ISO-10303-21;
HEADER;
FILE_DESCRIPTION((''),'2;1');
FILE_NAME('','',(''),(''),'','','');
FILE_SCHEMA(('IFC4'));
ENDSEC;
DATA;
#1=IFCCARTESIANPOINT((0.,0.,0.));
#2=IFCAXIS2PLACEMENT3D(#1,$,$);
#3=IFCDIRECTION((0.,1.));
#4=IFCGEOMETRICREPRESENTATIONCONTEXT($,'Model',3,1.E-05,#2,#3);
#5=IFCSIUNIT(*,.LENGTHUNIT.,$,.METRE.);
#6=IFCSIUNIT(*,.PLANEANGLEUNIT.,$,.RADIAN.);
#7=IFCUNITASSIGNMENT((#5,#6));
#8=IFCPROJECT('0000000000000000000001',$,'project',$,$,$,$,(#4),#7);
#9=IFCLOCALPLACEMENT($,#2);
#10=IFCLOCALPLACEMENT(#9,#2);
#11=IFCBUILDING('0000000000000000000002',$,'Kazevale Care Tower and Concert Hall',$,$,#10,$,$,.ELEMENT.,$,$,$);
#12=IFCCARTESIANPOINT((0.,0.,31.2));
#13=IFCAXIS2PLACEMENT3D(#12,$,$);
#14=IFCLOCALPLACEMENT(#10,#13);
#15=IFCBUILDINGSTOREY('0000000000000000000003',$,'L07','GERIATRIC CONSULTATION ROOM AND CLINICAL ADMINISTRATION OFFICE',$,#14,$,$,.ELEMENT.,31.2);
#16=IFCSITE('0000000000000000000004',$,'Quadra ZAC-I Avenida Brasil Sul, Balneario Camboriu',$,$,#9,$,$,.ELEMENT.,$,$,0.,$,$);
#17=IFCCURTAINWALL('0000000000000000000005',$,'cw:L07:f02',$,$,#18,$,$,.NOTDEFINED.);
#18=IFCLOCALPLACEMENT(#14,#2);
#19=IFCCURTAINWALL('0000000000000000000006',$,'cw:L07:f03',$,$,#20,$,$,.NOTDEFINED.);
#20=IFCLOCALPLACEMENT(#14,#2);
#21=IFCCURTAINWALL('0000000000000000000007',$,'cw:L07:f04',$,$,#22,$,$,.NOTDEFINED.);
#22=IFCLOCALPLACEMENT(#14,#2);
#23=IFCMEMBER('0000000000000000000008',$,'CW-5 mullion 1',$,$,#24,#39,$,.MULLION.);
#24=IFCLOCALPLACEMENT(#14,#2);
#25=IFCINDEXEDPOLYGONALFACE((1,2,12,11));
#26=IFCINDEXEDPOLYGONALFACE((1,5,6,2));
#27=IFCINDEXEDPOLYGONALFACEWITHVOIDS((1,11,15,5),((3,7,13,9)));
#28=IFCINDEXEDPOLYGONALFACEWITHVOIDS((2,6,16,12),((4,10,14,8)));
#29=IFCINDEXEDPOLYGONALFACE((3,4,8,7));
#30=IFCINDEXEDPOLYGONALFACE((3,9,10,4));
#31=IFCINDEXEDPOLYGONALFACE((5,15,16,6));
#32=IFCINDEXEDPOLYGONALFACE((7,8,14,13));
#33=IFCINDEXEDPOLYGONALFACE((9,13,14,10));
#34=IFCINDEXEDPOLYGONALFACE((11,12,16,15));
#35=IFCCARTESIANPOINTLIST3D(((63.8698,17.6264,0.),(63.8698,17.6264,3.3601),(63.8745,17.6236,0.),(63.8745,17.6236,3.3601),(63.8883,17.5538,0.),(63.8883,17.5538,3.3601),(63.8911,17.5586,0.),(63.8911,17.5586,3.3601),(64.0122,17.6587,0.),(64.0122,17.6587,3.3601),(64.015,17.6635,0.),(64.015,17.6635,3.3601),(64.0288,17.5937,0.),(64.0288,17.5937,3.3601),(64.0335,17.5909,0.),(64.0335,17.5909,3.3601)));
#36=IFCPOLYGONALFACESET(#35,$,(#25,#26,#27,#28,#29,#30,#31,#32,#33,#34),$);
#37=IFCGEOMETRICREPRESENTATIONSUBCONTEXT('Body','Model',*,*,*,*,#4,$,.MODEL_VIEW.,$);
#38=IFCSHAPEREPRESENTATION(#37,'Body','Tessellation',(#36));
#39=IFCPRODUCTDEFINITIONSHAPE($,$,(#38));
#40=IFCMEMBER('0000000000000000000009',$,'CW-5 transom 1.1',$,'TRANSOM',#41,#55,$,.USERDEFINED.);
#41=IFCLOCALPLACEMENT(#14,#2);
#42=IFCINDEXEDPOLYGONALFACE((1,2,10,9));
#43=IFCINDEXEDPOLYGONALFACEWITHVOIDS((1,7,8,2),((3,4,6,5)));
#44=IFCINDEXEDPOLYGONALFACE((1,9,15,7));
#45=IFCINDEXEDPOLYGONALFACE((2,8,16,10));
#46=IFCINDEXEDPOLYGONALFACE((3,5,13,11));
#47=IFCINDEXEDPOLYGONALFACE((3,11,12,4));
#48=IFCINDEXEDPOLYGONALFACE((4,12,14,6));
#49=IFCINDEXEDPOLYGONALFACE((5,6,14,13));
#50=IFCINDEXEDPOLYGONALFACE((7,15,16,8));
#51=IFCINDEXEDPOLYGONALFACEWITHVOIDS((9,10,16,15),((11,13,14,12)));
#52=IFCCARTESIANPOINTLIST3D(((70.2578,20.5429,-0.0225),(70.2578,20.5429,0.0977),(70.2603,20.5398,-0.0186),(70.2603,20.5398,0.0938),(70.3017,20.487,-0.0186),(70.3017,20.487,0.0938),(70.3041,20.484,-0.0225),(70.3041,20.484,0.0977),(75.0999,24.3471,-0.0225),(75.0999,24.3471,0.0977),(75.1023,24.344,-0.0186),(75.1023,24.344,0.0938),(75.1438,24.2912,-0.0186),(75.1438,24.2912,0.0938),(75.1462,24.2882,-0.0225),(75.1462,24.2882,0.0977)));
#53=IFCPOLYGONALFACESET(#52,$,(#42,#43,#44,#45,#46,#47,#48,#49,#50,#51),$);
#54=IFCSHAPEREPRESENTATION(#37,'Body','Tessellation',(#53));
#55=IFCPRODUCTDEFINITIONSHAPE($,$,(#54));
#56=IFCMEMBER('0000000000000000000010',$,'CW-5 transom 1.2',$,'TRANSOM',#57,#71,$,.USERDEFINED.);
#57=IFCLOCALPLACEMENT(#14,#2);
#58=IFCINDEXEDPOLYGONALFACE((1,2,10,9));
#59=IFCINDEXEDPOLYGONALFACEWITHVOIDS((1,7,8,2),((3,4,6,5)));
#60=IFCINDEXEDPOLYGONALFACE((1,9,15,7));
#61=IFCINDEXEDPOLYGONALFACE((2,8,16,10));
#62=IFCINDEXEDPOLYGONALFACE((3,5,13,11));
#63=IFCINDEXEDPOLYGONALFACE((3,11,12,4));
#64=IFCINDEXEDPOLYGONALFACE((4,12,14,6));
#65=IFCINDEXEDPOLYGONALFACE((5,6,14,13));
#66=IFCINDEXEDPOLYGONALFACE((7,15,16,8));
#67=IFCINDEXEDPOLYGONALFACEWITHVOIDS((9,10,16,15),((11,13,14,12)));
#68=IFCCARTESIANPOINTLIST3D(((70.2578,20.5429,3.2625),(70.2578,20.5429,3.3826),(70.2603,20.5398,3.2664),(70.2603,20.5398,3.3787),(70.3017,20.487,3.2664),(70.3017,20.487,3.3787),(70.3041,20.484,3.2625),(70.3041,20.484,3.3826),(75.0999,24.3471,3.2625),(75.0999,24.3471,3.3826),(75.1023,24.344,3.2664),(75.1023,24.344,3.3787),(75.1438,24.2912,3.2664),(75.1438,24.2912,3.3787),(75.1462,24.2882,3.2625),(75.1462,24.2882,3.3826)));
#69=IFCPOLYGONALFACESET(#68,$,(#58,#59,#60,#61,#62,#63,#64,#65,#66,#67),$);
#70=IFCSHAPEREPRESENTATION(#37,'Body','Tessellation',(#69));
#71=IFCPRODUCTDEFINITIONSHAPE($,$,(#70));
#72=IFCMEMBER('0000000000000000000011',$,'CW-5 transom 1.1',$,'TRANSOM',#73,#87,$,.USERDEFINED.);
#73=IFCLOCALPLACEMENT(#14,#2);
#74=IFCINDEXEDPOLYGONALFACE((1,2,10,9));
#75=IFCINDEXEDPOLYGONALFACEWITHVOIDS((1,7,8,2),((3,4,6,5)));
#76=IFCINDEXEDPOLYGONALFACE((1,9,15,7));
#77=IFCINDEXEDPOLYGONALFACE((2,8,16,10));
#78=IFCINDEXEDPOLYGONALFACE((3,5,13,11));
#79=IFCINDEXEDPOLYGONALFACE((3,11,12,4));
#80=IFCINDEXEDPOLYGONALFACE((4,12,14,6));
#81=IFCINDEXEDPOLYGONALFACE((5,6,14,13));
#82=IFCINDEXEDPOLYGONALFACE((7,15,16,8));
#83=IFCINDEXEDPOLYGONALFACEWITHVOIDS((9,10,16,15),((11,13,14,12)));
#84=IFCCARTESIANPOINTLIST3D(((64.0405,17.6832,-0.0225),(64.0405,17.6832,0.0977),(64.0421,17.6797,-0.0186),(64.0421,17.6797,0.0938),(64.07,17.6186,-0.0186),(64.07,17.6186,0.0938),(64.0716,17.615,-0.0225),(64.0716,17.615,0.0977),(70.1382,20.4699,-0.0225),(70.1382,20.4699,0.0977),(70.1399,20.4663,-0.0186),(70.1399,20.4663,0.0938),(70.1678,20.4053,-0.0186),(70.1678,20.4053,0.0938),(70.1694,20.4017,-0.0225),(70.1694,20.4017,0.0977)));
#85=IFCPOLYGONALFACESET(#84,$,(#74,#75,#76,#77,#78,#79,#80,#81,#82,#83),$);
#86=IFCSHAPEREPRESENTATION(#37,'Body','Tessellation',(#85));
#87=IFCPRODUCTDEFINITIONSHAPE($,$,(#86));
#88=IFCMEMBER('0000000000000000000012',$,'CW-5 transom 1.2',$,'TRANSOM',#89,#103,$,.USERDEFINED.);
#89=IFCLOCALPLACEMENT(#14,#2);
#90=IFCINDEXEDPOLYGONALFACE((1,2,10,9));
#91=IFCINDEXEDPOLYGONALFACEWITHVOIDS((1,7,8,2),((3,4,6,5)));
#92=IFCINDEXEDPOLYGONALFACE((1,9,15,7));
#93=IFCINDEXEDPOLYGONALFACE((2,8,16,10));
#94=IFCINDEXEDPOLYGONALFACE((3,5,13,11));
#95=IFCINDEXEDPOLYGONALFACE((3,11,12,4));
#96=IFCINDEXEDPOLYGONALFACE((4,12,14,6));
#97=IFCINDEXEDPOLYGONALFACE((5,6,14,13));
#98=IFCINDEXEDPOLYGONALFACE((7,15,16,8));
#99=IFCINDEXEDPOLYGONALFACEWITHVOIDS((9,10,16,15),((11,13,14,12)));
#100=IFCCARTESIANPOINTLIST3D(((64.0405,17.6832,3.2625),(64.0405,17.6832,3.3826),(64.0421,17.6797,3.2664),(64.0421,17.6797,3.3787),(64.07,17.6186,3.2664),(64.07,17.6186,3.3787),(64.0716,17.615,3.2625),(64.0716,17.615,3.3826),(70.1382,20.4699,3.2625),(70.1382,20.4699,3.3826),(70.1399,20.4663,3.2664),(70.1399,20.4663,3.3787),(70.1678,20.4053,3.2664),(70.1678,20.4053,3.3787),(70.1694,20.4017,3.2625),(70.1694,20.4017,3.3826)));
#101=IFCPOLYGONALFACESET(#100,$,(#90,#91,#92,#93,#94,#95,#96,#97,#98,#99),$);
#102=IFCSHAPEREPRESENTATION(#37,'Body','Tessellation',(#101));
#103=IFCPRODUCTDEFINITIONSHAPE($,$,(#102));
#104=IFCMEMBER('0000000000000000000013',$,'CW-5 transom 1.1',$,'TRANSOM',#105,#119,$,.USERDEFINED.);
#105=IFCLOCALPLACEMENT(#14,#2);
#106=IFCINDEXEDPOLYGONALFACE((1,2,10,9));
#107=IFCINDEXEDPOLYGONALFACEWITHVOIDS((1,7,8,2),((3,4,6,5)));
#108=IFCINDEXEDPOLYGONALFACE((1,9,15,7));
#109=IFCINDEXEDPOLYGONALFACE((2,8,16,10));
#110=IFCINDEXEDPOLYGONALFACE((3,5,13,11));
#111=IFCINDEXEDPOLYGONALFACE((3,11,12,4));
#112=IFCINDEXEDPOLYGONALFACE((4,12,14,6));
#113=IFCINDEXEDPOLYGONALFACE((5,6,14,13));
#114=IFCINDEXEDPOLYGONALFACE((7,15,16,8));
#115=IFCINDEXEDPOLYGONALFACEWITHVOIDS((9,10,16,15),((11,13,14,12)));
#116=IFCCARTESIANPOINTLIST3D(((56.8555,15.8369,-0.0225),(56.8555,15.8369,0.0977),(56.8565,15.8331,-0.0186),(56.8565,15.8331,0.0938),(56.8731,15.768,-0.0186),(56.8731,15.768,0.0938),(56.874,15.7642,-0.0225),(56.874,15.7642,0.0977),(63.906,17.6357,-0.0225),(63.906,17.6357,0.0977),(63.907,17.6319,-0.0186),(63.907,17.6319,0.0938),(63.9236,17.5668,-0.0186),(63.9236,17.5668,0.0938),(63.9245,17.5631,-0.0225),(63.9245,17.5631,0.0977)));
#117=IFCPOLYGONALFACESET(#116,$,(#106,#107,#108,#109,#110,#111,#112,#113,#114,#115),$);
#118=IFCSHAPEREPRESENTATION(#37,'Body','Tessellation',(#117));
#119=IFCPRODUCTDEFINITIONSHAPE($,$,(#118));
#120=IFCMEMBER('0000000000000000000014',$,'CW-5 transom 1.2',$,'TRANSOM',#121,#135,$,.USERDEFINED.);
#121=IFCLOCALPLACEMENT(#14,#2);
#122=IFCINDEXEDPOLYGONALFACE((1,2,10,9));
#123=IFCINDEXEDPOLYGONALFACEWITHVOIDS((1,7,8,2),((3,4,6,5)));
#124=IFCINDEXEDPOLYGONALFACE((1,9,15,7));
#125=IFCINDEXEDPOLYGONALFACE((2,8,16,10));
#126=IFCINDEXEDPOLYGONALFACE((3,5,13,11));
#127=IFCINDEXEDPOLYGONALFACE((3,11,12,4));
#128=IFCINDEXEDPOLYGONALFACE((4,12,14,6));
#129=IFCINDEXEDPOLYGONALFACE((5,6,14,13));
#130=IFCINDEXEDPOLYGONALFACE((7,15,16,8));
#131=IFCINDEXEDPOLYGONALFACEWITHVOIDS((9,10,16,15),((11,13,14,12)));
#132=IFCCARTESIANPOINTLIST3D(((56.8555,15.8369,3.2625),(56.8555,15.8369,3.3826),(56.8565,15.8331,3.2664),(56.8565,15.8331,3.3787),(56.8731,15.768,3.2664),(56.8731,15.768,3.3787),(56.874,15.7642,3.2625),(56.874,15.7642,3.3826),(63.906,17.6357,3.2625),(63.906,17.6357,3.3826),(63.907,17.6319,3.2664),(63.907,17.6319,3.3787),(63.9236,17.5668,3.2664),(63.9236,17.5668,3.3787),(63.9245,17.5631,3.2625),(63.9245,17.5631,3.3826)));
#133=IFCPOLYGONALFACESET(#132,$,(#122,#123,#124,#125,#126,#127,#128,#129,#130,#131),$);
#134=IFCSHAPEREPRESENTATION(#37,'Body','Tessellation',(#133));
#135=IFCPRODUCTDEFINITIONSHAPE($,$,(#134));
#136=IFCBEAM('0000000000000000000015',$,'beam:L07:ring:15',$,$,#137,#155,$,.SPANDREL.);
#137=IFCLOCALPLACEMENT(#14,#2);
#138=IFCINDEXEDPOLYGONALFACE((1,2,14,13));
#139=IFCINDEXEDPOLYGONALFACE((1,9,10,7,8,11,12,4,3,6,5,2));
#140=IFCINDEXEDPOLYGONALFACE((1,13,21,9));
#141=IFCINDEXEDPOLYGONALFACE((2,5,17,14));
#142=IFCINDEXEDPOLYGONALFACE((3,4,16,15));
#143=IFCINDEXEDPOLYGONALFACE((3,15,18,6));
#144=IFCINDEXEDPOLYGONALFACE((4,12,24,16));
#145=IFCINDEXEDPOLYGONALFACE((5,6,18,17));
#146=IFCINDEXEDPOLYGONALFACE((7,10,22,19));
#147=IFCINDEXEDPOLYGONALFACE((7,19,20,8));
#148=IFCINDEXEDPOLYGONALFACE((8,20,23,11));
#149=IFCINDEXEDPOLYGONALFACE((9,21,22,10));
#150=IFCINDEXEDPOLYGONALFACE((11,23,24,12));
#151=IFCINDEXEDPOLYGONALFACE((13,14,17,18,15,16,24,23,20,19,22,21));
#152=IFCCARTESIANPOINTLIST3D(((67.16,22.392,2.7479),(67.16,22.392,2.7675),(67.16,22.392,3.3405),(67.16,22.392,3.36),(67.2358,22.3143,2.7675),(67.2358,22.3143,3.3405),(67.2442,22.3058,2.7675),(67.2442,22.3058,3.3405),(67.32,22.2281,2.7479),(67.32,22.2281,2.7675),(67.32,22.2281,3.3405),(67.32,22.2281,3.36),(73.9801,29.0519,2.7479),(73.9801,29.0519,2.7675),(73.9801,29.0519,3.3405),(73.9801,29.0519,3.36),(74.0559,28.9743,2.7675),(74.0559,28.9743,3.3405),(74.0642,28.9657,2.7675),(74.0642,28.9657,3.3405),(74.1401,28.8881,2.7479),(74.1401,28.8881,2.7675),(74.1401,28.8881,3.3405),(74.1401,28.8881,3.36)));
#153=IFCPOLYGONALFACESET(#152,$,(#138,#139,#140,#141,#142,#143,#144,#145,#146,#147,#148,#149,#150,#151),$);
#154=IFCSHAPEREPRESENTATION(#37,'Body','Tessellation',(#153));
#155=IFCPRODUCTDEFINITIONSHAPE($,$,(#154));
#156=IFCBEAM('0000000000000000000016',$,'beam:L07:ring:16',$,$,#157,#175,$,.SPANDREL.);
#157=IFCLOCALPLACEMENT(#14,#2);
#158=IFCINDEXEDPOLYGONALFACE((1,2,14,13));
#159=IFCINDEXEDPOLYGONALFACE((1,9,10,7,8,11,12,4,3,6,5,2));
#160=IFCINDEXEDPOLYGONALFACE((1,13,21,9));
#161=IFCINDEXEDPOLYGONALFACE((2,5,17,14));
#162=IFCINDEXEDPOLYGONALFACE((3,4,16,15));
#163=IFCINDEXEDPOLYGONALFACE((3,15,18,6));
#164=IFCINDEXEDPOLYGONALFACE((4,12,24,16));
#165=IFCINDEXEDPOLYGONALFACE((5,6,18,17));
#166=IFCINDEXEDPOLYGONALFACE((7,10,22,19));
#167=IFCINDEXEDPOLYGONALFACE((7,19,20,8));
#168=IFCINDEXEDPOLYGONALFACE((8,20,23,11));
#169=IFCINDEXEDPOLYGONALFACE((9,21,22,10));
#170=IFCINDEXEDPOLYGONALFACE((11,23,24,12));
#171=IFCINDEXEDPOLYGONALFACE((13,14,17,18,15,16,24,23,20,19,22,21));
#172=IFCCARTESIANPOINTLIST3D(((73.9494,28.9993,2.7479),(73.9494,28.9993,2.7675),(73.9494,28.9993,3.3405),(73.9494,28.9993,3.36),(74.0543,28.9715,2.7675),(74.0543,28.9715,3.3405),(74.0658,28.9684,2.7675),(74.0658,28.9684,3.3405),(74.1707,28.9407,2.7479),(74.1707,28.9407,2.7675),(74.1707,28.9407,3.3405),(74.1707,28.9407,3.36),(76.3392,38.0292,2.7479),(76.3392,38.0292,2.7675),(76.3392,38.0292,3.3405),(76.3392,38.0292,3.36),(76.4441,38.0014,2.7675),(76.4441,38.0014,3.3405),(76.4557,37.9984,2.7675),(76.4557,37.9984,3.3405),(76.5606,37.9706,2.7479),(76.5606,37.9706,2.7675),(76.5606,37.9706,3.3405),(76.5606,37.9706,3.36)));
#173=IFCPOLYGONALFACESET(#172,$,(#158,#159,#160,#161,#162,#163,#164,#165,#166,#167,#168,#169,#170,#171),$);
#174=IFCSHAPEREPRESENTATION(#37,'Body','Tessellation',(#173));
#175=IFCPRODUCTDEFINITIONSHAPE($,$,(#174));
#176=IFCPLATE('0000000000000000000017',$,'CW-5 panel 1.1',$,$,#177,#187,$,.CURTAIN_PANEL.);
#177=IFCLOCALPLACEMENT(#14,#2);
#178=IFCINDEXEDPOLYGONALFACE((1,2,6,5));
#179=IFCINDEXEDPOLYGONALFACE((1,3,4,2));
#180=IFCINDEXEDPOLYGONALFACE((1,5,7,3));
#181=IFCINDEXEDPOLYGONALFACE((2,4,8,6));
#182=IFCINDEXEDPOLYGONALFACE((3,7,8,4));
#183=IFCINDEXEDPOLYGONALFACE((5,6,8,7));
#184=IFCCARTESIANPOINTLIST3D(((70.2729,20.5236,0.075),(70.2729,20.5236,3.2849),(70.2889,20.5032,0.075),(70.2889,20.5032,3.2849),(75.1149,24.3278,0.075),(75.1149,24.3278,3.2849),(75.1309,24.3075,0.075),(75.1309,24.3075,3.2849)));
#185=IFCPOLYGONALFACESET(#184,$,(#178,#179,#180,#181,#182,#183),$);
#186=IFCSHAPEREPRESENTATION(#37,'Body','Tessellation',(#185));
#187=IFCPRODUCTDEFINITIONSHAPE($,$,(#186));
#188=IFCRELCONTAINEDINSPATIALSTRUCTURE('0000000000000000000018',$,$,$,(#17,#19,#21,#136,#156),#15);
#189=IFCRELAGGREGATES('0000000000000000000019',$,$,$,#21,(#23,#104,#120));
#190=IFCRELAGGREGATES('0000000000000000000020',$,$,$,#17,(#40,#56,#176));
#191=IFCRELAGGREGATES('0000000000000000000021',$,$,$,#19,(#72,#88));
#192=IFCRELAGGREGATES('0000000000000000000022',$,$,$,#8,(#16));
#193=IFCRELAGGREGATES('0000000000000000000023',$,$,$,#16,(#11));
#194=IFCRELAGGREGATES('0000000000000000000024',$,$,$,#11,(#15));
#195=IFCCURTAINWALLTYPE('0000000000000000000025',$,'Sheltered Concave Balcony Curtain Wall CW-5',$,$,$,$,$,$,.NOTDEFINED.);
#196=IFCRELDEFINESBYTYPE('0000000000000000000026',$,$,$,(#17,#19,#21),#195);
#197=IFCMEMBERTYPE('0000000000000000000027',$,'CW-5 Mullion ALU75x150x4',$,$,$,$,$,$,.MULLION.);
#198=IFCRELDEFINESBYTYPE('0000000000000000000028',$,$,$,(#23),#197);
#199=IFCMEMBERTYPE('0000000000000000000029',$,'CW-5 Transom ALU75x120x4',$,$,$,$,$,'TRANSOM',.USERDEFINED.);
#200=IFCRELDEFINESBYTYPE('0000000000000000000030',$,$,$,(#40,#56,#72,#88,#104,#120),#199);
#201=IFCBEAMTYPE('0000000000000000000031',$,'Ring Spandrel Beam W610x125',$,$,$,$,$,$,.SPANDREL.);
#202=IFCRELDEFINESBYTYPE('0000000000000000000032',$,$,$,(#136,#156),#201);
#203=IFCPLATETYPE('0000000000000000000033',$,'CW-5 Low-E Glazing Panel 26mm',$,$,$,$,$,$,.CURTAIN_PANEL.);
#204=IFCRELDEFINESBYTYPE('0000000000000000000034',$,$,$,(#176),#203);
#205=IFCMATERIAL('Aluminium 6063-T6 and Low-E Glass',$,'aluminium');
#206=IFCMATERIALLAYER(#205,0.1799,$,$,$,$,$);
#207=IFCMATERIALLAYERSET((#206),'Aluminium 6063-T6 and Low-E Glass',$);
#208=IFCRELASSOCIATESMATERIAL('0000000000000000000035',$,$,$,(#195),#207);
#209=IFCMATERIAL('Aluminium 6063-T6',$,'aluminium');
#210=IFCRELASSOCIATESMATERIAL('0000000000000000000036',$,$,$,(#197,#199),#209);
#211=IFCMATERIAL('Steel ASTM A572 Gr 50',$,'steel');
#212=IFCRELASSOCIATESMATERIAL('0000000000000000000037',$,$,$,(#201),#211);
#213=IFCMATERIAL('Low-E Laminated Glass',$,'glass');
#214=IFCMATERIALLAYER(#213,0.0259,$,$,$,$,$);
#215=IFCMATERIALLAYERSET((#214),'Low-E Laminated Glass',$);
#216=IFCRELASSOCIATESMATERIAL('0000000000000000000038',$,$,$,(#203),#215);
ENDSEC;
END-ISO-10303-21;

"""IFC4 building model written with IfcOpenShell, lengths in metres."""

from ifc_helpers import new_model, si_unit, direction, frame, origin, origin_2d, place, context, subcontext, project, spatial, rectangle, hollow_rectangle, i_section, extrude, material, layer, layer_set, material_profile, profile_set, type_object, element, aggregate, save


model = new_model("IFC4")

# Units and contexts
model_context = context("Model", 3, precision=1e-05, world=origin(), true_north=direction((0.0, 1.0)))
body_context = subcontext(model_context, "Body", "Model", "MODEL_VIEW")
ifc_project = project(units=[si_unit("LENGTHUNIT", "METRE"), si_unit("PLANEANGLEUNIT", "RADIAN")], contexts=[model_context])

# Site, building, storey
site_placement = place(None, origin())
site = spatial("IfcSite", under=ifc_project, at=site_placement, Name="Quadra ZAC-I Avenida Brasil Sul, Balneario Camboriu", CompositionType="ELEMENT", RefElevation=0.0)
building_placement = place(site_placement, origin())
building = spatial("IfcBuilding", under=site, at=building_placement, Name="Kazevale Care Tower and Concert Hall", CompositionType="ELEMENT")
storey_placement = place(building_placement, frame((0.0, 0.0, 31.2)))
storey = spatial("IfcBuildingStorey", under=building, at=storey_placement, Name="L07", Description="GERIATRIC CONSULTATION ROOM AND CLINICAL ADMINISTRATION OFFICE", CompositionType="ELEMENT", Elevation=31.2)

# Shared definitions
ifc_material_1 = material(Name="Aluminium 6063-T6 and Low-E Glass", Category="aluminium")
ifc_material_2 = material(Name="Aluminium 6063-T6", Category="aluminium")

# Curtain walls
ifc_layer_1 = layer(ifc_material_1, 0.1799)
ifc_layer_set_1 = layer_set([ifc_layer_1], Name="Aluminium 6063-T6 and Low-E Glass")
curtain_wall_type_1 = type_object("IfcCurtainWallType", Name="Sheltered Concave Balcony Curtain Wall CW-5", PredefinedType="NOTDEFINED", material=ifc_layer_set_1)
curtain_wall_1_placement = place(storey_placement, origin())
curtain_wall_1 = element("IfcCurtainWall", 1, at=curtain_wall_1_placement, inside=storey, type_object=curtain_wall_type_1, Name="cw:L07:f02", PredefinedType="NOTDEFINED")
ifc_material_profile_1 = material_profile(ifc_material_2, hollow_rectangle(XDim=0.075, YDim=0.1499, WallThickness=0.0039, at=origin_2d()), Name="ALU75x150x4")
ifc_profile_set_1 = profile_set([ifc_material_profile_1], Name="Aluminium 6063-T6")
member_type_1 = type_object("IfcMemberType", Name="CW-5 Mullion ALU75x150x4", PredefinedType="MULLION", material=ifc_profile_set_1)
curtain_wall_2_placement = place(storey_placement, origin())
curtain_wall_2 = element("IfcCurtainWall", 2, at=curtain_wall_2_placement, inside=storey, type_object=curtain_wall_type_1, Name="cw:L07:f03", PredefinedType="NOTDEFINED")

# Curtain wall, member
curtain_wall_3_placement = place(storey_placement, origin())
curtain_wall_3 = element("IfcCurtainWall", 3, at=curtain_wall_3_placement, inside=storey, type_object=curtain_wall_type_1, Name="cw:L07:f04", PredefinedType="NOTDEFINED")
member_1_placement = place(storey_placement, frame((63.9517, 17.6086, 0.0), z_axis=(0.0, 0.0, 1.0), x_axis=(0.247222, -0.968959, 0.0)))
member_1 = element("IfcMember", 4, at=member_1_placement, type_object=member_type_1, Name="CW-5 mullion 1", PredefinedType="MULLION", context=body_context, shape_type="SweptSolid", body=[
    extrude(hollow_rectangle(XDim=0.075, YDim=0.1499, WallThickness=0.0039, at=origin_2d()), origin(), (0.0, 0.0, 1.0), 3.3601),
])

# Members
ifc_material_profile_2 = material_profile(ifc_material_2, hollow_rectangle(XDim=0.075, YDim=0.1201, WallThickness=0.0039, at=origin_2d()), Name="ALU75x120x4")
ifc_profile_set_2 = profile_set([ifc_material_profile_2], Name="Aluminium 6063-T6")
member_type_2 = type_object("IfcMemberType", Name="CW-5 Transom ALU75x120x4", ElementType="TRANSOM", PredefinedType="USERDEFINED", material=ifc_profile_set_2)
member_2_placement = place(storey_placement, frame((75.123, 24.3176, 0.0376), z_axis=(-0.786339, -0.617795, 0.0), x_axis=(0.617795, -0.786339, 0.0)))
member_2 = element("IfcMember", 5, at=member_2_placement, type_object=member_type_2, Name="CW-5 transom 1.1", ObjectType="TRANSOM", PredefinedType="USERDEFINED", context=body_context, shape_type="SweptSolid", body=[
    extrude(hollow_rectangle(XDim=0.075, YDim=0.1201, WallThickness=0.0039, at=origin_2d()), origin(), (0.0, 0.0, 1.0), 6.1577),
])
member_3_placement = place(storey_placement, frame((75.123, 24.3176, 3.3225), z_axis=(-0.786339, -0.617795, 0.0), x_axis=(0.617795, -0.786339, 0.0)))
member_3 = element("IfcMember", 6, at=member_3_placement, type_object=member_type_2, Name="CW-5 transom 1.2", ObjectType="TRANSOM", PredefinedType="USERDEFINED", context=body_context, shape_type="SweptSolid", body=[
    extrude(hollow_rectangle(XDim=0.075, YDim=0.1201, WallThickness=0.0039, at=origin_2d()), origin(), (0.0, 0.0, 1.0), 6.1577),
])
member_4_placement = place(storey_placement, frame((70.1538, 20.4358, 0.0376), z_axis=(-0.909524, -0.415651, 0.0), x_axis=(0.415651, -0.909524, 0.0)))
member_4 = element("IfcMember", 7, at=member_4_placement, type_object=member_type_2, Name="CW-5 transom 1.1", ObjectType="TRANSOM", PredefinedType="USERDEFINED", context=body_context, shape_type="SweptSolid", body=[
    extrude(hollow_rectangle(XDim=0.075, YDim=0.1201, WallThickness=0.0039, at=origin_2d()), origin(), (0.0, 0.0, 1.0), 6.7043),
])
member_5_placement = place(storey_placement, frame((70.1538, 20.4358, 3.3225), z_axis=(-0.909524, -0.415651, 0.0), x_axis=(0.415651, -0.909524, 0.0)))
member_5 = element("IfcMember", 8, at=member_5_placement, type_object=member_type_2, Name="CW-5 transom 1.2", ObjectType="TRANSOM", PredefinedType="USERDEFINED", context=body_context, shape_type="SweptSolid", body=[
    extrude(hollow_rectangle(XDim=0.075, YDim=0.1201, WallThickness=0.0039, at=origin_2d()), origin(), (0.0, 0.0, 1.0), 6.7043),
])
member_6_placement = place(storey_placement, frame((63.9153, 17.5994, 0.0376), z_axis=(-0.968961, -0.247214, 0.0), x_axis=(0.247214, -0.968961, 0.0)))
member_6 = element("IfcMember", 9, at=member_6_placement, type_object=member_type_2, Name="CW-5 transom 1.1", ObjectType="TRANSOM", PredefinedType="USERDEFINED", context=body_context, shape_type="SweptSolid", body=[
    extrude(hollow_rectangle(XDim=0.075, YDim=0.1201, WallThickness=0.0039, at=origin_2d()), origin(), (0.0, 0.0, 1.0), 7.2764),
])
member_7_placement = place(storey_placement, frame((63.9153, 17.5994, 3.3225), z_axis=(-0.968961, -0.247214, 0.0), x_axis=(0.247214, -0.968961, 0.0)))
member_7 = element("IfcMember", 10, at=member_7_placement, type_object=member_type_2, Name="CW-5 transom 1.2", ObjectType="TRANSOM", PredefinedType="USERDEFINED", context=body_context, shape_type="SweptSolid", body=[
    extrude(hollow_rectangle(XDim=0.075, YDim=0.1201, WallThickness=0.0039, at=origin_2d()), origin(), (0.0, 0.0, 1.0), 7.2764),
])
aggregate(curtain_wall_3, [member_1, member_6, member_7])

# Beams
ifc_material_3 = material(Name="Steel ASTM A572 Gr 50", Category="steel")
ifc_material_profile_3 = material_profile(ifc_material_3, i_section(OverallWidth=0.229, OverallDepth=0.6121, WebThickness=0.012, FlangeThickness=0.0195, at=origin_2d()), Name="W610x125")
ifc_profile_set_3 = profile_set([ifc_material_profile_3], Name="Steel ASTM A572 Gr 50")
beam_type = type_object("IfcBeamType", Name="Ring Spandrel Beam W610x125", PredefinedType="SPANDREL", material=ifc_profile_set_3)
beam_1_placement = place(storey_placement, frame((67.24, 22.3101, 3.054), z_axis=(0.715457, 0.698656, 0.0), x_axis=(-0.698656, 0.715457, 0.0)))
element("IfcBeam", 11, at=beam_1_placement, inside=storey, type_object=beam_type, Name="beam:L07:ring:15", PredefinedType="SPANDREL", context=body_context, shape_type="SweptSolid", body=[
    extrude(i_section(OverallWidth=0.229, OverallDepth=0.6121, WebThickness=0.012, FlangeThickness=0.0195, at=origin_2d()), origin(), (0.0, 0.0, 1.0), 9.5325),
])
beam_2_placement = place(storey_placement, frame((74.0601, 28.97, 3.054), z_axis=(0.255852, 0.966716, 0.0), x_axis=(-0.966716, 0.255852, 0.0)))
element("IfcBeam", 12, at=beam_2_placement, inside=storey, type_object=beam_type, Name="beam:L07:ring:16", PredefinedType="SPANDREL", context=body_context, shape_type="SweptSolid", body=[
    extrude(i_section(OverallWidth=0.229, OverallDepth=0.6121, WebThickness=0.012, FlangeThickness=0.0195, at=origin_2d()), origin(), (0.0, 0.0, 1.0), 9.3408),
])

# Plate
ifc_material_4 = material(Name="Low-E Laminated Glass", Category="glass")
ifc_layer_2 = layer(ifc_material_4, 0.0259)
ifc_layer_set_2 = layer_set([ifc_layer_2], Name="Low-E Laminated Glass")
plate_type = type_object("IfcPlateType", Name="CW-5 Low-E Glazing Panel 26mm", PredefinedType="CURTAIN_PANEL", material=ifc_layer_set_2)
plate_1_placement = place(storey_placement, frame((72.7019, 22.4155, 0.075), z_axis=(0.0, 0.0, 1.0), x_axis=(-0.786329, -0.617808, 0.0)))
plate_1 = element("IfcPlate", 13, at=plate_1_placement, type_object=plate_type, Name="CW-5 panel 1.1", PredefinedType="CURTAIN_PANEL", context=body_context, shape_type="SweptSolid", body=[
    extrude(rectangle(XDim=6.1577, YDim=0.0259, at=origin_2d()), origin(), (0.0, 0.0, 1.0), 3.21),
])
aggregate(curtain_wall_1, [member_2, member_3, plate_1])
aggregate(curtain_wall_2, [member_4, member_5])

save(model, "model.ifc")
